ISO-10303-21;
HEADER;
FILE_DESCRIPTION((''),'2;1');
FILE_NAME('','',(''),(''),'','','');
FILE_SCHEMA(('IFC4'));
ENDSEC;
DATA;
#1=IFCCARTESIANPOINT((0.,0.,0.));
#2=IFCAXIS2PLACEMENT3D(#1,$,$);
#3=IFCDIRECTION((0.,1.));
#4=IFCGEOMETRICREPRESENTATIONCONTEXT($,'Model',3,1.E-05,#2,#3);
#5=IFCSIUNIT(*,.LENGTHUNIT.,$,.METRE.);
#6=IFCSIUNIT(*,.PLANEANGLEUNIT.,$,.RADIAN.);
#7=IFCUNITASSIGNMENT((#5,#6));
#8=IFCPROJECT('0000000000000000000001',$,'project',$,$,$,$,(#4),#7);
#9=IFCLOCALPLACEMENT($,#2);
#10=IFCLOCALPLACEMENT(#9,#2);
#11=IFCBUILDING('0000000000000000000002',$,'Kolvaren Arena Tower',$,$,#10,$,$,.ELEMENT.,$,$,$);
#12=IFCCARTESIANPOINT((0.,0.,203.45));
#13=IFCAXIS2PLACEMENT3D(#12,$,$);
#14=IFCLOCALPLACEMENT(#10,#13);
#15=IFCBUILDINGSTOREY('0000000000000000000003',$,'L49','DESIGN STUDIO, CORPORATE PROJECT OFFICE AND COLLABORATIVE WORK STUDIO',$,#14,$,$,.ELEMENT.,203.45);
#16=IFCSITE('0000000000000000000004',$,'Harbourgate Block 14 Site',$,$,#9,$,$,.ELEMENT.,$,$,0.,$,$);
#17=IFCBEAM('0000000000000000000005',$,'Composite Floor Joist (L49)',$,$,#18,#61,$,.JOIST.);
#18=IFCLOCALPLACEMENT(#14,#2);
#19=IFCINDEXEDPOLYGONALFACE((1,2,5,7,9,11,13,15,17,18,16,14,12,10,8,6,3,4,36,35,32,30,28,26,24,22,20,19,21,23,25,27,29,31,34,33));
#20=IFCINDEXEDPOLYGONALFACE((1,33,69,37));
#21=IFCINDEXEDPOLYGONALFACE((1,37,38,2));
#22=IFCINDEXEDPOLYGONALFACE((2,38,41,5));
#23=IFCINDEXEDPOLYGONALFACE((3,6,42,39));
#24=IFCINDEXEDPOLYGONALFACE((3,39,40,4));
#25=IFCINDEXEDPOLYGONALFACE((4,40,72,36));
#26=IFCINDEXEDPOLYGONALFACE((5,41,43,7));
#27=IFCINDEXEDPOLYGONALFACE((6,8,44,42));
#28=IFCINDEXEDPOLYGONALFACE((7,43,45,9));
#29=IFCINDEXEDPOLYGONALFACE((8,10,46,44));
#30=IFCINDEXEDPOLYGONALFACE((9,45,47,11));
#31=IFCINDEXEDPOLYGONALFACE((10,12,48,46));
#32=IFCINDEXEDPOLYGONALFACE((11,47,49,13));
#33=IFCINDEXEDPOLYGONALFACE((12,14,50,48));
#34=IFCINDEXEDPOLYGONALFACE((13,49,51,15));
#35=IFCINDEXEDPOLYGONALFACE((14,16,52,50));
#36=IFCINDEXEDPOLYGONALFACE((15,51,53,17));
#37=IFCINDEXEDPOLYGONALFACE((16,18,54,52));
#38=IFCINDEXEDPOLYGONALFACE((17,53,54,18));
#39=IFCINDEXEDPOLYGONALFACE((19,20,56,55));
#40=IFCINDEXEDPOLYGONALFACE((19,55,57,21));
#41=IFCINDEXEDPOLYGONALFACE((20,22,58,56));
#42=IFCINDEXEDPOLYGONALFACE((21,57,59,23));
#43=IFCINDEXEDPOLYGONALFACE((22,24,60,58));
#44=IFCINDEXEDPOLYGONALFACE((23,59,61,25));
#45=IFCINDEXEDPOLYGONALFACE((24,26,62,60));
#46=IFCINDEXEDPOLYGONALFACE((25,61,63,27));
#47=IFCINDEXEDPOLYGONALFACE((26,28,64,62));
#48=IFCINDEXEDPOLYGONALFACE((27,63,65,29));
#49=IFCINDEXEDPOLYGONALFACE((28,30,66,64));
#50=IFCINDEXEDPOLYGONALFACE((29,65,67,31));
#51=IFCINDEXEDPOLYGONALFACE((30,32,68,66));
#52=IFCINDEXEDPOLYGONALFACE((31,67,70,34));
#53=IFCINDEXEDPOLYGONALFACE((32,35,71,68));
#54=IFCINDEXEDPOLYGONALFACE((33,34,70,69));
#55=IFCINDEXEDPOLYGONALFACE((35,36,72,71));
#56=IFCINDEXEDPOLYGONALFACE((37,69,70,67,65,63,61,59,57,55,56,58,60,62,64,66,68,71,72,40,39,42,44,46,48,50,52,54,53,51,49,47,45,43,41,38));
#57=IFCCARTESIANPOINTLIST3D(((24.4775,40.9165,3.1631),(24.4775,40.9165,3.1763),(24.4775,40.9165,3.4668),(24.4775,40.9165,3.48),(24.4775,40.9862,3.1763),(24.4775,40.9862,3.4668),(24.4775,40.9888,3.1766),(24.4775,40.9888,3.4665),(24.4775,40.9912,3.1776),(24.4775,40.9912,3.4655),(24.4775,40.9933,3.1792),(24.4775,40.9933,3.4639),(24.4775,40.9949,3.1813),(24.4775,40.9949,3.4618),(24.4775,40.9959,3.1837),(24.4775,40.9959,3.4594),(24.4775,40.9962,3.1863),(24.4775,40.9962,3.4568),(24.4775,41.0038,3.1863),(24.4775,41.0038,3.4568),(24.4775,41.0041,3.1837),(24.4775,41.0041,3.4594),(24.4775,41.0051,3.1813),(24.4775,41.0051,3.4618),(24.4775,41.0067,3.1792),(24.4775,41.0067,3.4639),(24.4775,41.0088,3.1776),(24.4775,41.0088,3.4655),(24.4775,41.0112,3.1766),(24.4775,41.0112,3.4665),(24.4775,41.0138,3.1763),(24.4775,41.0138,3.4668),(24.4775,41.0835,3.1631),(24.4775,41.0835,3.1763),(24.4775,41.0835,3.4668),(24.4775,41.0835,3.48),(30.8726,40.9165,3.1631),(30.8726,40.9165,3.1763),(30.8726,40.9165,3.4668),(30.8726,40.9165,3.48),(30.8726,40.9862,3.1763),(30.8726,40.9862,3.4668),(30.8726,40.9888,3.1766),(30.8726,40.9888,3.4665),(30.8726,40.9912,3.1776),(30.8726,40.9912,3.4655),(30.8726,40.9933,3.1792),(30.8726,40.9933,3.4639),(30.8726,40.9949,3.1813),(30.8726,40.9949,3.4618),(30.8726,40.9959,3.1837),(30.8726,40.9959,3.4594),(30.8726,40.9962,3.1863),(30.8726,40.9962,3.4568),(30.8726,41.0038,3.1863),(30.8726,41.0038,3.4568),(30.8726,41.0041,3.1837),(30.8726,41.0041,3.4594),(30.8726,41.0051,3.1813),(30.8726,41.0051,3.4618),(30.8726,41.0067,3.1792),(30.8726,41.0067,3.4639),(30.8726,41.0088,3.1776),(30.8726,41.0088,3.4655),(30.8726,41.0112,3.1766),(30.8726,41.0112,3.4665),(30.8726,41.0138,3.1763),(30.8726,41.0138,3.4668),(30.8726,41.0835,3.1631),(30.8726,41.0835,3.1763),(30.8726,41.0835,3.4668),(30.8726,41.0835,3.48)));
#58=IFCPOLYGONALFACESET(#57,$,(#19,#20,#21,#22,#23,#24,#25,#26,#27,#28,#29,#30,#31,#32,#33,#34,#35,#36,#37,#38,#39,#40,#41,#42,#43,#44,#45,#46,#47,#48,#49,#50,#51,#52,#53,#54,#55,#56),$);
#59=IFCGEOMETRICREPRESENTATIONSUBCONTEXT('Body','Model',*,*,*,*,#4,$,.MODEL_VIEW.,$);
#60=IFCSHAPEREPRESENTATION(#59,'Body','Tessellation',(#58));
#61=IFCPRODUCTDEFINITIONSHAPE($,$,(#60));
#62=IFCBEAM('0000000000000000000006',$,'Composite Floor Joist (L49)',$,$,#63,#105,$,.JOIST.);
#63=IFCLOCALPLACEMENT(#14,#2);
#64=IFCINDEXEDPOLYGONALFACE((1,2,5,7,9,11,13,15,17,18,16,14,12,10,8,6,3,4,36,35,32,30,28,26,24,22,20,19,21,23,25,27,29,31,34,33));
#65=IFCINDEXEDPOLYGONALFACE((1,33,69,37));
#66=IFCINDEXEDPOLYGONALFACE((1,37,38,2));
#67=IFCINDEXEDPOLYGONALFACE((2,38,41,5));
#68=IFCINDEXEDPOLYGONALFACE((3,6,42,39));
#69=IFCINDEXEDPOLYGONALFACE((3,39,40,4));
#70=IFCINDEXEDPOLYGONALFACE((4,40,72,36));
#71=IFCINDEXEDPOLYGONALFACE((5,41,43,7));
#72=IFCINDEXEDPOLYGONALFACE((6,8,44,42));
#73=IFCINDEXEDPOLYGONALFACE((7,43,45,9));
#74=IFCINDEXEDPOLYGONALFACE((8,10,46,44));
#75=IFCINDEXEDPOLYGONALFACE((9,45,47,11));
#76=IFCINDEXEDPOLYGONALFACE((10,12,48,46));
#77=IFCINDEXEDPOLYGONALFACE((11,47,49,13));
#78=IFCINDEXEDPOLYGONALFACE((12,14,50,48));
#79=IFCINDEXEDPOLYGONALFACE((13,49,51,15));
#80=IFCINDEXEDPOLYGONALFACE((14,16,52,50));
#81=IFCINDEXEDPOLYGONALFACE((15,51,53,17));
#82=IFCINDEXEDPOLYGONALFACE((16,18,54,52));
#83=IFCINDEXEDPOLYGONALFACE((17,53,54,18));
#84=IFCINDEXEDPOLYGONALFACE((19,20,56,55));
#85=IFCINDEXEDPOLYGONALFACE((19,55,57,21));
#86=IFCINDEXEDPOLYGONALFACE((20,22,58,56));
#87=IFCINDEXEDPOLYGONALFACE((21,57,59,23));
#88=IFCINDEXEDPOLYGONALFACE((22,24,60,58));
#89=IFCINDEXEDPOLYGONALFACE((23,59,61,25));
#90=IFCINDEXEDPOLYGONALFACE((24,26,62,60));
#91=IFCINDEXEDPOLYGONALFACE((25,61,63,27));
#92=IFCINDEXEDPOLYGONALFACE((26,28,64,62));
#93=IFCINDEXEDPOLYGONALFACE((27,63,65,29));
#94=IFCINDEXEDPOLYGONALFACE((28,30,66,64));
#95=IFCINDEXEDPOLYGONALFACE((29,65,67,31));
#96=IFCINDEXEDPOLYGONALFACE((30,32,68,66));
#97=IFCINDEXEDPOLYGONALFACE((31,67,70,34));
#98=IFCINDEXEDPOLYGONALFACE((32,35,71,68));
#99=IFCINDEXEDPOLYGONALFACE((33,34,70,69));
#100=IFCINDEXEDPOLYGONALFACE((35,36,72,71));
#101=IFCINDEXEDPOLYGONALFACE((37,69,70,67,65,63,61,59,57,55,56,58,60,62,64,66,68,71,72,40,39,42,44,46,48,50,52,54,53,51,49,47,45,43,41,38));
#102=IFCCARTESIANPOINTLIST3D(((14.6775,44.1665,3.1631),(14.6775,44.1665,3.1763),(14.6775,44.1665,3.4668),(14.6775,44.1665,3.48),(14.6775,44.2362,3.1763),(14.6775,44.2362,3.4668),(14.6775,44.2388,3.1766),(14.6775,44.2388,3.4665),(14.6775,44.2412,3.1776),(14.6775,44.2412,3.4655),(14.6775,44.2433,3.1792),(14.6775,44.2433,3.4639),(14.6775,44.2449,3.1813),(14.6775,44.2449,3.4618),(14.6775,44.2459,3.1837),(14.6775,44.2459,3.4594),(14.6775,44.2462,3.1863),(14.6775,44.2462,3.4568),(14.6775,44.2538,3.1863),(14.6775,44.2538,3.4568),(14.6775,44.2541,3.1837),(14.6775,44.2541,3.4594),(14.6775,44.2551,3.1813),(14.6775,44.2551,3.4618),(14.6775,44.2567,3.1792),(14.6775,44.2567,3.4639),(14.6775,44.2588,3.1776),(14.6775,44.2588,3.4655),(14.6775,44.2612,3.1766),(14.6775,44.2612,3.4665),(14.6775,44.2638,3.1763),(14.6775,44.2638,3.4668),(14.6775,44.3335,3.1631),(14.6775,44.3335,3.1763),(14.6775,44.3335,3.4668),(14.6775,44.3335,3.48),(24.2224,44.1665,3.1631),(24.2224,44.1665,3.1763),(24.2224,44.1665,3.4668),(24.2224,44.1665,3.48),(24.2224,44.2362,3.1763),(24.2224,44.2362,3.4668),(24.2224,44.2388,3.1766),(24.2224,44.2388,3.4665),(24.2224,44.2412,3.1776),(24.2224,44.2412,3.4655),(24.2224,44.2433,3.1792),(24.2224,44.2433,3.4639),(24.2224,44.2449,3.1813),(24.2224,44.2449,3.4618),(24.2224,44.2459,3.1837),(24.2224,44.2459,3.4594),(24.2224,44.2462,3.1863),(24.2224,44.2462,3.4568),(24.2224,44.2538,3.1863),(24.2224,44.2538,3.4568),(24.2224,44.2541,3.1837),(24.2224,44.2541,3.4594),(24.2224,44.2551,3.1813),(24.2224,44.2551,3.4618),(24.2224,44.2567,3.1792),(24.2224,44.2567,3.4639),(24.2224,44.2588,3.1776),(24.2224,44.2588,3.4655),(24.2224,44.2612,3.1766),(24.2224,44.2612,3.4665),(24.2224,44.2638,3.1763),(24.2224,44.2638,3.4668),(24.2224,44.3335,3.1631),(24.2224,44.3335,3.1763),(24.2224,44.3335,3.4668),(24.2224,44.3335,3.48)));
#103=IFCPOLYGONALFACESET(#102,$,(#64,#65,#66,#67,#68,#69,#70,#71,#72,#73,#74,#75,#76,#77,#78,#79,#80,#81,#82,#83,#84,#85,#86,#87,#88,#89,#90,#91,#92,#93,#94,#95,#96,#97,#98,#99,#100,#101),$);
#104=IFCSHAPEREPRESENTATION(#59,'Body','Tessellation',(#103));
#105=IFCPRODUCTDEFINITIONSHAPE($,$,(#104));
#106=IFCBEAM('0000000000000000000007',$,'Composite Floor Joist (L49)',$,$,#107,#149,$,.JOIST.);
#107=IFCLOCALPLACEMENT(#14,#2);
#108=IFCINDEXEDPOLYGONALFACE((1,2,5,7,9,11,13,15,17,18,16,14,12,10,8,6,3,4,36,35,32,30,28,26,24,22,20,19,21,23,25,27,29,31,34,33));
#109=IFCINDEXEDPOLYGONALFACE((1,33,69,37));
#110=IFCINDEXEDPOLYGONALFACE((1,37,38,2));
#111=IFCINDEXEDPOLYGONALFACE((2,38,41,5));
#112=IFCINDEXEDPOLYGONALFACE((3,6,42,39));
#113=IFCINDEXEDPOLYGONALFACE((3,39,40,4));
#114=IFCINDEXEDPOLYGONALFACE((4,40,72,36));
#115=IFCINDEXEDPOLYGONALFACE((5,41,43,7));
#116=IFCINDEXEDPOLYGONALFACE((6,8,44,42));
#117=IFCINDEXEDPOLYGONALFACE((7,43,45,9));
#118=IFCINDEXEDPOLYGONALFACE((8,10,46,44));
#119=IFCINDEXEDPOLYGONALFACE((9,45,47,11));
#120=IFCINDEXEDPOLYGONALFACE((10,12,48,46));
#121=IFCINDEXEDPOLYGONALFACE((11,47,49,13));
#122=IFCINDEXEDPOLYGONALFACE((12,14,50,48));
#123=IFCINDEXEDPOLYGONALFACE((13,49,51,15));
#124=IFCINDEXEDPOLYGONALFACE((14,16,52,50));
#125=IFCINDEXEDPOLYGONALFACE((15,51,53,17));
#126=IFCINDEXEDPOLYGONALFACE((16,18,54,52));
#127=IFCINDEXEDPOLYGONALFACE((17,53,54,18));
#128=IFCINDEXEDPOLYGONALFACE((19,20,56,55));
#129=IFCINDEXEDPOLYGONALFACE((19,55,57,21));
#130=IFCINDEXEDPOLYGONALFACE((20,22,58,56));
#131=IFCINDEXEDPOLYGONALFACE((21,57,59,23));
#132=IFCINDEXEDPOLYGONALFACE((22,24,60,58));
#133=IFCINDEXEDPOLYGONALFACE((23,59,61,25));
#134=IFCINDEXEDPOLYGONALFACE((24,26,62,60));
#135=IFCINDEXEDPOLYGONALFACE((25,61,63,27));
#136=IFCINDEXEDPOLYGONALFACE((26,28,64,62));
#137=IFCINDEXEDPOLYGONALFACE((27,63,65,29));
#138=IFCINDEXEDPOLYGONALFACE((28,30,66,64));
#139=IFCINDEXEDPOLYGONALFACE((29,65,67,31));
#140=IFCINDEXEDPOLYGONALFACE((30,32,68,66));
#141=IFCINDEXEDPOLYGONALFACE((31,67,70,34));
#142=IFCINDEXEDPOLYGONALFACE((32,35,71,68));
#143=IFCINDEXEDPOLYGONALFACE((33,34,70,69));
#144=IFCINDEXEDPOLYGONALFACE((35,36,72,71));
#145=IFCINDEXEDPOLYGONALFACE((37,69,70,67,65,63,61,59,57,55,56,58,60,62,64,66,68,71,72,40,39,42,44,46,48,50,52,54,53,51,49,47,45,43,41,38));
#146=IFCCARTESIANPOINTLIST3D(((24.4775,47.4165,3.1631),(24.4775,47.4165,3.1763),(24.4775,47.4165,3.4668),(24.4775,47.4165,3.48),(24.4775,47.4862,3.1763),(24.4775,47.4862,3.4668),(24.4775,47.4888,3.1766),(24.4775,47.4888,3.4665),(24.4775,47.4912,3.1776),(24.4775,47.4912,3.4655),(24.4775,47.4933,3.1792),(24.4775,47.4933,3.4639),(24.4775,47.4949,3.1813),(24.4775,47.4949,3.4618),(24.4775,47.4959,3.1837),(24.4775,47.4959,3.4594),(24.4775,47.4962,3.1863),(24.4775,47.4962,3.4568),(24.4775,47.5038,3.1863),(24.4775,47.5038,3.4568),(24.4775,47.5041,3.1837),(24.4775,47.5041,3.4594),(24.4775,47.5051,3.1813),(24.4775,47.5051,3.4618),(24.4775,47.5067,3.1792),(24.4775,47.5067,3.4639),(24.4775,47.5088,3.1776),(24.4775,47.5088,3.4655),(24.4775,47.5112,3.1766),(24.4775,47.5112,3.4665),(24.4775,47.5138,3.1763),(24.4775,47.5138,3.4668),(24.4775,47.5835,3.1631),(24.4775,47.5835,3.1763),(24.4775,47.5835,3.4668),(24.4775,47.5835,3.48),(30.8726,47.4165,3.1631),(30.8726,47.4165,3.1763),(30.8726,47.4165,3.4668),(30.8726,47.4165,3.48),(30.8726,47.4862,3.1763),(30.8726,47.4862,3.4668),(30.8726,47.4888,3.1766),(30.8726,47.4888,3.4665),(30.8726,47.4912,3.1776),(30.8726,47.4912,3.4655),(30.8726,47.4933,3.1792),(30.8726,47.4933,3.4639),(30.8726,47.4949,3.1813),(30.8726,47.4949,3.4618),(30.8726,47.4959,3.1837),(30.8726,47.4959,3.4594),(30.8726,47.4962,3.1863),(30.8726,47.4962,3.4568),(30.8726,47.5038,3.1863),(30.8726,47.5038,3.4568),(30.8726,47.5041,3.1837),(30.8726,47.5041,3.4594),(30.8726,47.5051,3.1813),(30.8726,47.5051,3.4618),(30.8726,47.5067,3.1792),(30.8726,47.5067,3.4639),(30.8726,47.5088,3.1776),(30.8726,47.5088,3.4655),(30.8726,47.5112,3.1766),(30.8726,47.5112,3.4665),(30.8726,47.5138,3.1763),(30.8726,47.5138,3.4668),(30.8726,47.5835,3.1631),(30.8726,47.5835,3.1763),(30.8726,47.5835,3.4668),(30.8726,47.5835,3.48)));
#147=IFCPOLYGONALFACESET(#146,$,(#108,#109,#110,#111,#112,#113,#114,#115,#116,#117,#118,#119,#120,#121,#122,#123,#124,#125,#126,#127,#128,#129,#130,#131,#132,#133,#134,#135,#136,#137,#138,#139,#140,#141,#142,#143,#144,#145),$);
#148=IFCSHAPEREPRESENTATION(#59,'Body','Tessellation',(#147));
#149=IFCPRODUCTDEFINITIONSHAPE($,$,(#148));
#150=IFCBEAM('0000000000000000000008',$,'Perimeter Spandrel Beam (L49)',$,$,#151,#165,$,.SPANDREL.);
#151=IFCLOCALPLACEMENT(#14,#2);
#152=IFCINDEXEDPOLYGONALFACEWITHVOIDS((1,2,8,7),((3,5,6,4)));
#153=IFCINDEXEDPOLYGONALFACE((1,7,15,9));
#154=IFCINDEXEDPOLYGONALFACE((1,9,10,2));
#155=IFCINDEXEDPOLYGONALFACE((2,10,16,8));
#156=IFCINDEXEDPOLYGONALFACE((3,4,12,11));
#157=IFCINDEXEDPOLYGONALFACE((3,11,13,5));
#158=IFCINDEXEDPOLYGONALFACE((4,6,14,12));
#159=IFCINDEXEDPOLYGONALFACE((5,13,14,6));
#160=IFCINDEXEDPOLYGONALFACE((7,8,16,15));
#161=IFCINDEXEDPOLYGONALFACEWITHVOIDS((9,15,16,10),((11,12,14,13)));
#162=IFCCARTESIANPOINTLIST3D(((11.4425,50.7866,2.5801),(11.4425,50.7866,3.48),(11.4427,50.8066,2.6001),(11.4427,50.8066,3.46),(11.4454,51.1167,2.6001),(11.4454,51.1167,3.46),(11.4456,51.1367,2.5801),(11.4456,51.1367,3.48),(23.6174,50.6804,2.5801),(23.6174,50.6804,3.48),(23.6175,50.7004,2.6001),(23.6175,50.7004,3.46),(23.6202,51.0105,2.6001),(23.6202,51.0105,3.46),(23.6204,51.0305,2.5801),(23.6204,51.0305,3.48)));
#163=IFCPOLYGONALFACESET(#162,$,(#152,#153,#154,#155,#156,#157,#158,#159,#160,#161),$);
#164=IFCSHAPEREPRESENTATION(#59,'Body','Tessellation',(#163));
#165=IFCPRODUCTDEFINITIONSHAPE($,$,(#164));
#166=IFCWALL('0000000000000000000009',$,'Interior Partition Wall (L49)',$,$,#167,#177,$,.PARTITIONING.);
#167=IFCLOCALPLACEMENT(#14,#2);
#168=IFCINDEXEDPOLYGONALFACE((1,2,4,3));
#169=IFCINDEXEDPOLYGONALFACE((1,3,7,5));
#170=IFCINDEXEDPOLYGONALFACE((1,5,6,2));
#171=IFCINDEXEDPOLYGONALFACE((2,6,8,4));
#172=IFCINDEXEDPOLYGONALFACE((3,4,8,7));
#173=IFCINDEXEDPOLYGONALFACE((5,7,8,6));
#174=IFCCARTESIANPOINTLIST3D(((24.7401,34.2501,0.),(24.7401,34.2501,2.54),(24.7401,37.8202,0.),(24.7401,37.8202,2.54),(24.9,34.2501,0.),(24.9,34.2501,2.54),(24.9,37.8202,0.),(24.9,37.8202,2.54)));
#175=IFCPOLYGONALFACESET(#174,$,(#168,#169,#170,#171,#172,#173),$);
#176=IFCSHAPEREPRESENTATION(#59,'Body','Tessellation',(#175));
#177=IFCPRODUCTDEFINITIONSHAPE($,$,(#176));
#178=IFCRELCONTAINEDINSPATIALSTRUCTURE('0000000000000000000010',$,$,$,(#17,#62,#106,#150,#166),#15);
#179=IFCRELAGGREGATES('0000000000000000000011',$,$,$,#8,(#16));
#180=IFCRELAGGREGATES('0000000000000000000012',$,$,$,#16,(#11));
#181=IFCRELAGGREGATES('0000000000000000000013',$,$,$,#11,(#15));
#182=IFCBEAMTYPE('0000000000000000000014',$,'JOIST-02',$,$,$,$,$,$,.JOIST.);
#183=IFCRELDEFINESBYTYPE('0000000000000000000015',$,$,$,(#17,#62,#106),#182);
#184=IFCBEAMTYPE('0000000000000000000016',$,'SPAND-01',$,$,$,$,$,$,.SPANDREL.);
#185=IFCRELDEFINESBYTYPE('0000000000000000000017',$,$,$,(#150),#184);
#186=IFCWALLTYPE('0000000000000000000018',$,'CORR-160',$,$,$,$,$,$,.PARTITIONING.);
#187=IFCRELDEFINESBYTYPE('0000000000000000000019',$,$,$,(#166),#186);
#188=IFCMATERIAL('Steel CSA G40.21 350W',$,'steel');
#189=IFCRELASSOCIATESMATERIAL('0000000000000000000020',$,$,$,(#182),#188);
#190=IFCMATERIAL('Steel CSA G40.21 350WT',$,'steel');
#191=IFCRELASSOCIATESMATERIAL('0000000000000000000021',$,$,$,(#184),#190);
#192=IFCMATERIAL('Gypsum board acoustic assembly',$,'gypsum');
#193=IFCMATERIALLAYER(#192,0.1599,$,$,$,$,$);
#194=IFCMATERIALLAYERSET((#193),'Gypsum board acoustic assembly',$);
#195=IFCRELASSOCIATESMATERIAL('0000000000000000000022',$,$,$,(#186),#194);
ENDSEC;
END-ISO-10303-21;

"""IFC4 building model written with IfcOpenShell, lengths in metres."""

from ifc_helpers import new_model, si_unit, direction, frame, frame_2d, origin, origin_2d, place, context, subcontext, project, spatial, rectangle, hollow_rectangle, i_section, extrude, material, layer, layer_set, material_profile, profile_set, type_object, element, save


model = new_model("IFC4")

# Units and contexts
model_context = context("Model", 3, precision=1e-05, world=origin(), true_north=direction((0.0, 1.0)))
body_context = subcontext(model_context, "Body", "Model", "MODEL_VIEW")
ifc_project = project(units=[si_unit("LENGTHUNIT", "METRE"), si_unit("PLANEANGLEUNIT", "RADIAN")], contexts=[model_context])

# Site, building, storey
site_placement = place(None, origin())
site = spatial("IfcSite", under=ifc_project, at=site_placement, Name="Harbourgate Block 14 Site", CompositionType="ELEMENT", RefElevation=0.0)
building_placement = place(site_placement, origin())
building = spatial("IfcBuilding", under=site, at=building_placement, Name="Kolvaren Arena Tower", CompositionType="ELEMENT")
storey_placement = place(building_placement, frame((0.0, 0.0, 203.45)))
storey = spatial("IfcBuildingStorey", under=building, at=storey_placement, Name="L49", Description="DESIGN STUDIO, CORPORATE PROJECT OFFICE AND COLLABORATIVE WORK STUDIO", CompositionType="ELEMENT", Elevation=203.45)

# Beams
ifc_material_1 = material(Name="Steel CSA G40.21 350W", Category="steel")
ifc_material_profile_1 = material_profile(ifc_material_1, i_section(OverallWidth=0.167, OverallDepth=0.3169, WebThickness=0.0076, FlangeThickness=0.0132, FilletRadius=0.01, at=origin_2d()), Name="W310x52")
ifc_profile_set_1 = profile_set([ifc_material_profile_1], Name="Steel CSA G40.21 350W")
beam_type_1 = type_object("IfcBeamType", Name="JOIST-02", PredefinedType="JOIST", material=ifc_profile_set_1)
beam_1_placement = place(storey_placement, frame((24.4775, 41.0, 3.3215), z_axis=(1.0, 0.0, 0.0), x_axis=(0.0, 1.0, 0.0)))
element("IfcBeam", 1, at=beam_1_placement, inside=storey, type_object=beam_type_1, Name="Composite Floor Joist (L49)", PredefinedType="JOIST", context=body_context, shape_type="SweptSolid", body=[
    extrude(i_section(OverallWidth=0.167, OverallDepth=0.3169, WebThickness=0.0076, FlangeThickness=0.0132, FilletRadius=0.01, at=origin_2d()), origin(), (0.0, 0.0, 1.0), 6.395),
])
beam_2_placement = place(storey_placement, frame((14.6775, 44.25, 3.3215), z_axis=(1.0, 0.0, 0.0), x_axis=(0.0, 1.0, 0.0)))
element("IfcBeam", 2, at=beam_2_placement, inside=storey, type_object=beam_type_1, Name="Composite Floor Joist (L49)", PredefinedType="JOIST", context=body_context, shape_type="SweptSolid", body=[
    extrude(i_section(OverallWidth=0.167, OverallDepth=0.3169, WebThickness=0.0076, FlangeThickness=0.0132, FilletRadius=0.01, at=origin_2d()), origin(), (0.0, 0.0, 1.0), 9.5449),
])
beam_3_placement = place(storey_placement, frame((24.4775, 47.5, 3.3215), z_axis=(1.0, 0.0, 0.0), x_axis=(0.0, 1.0, 0.0)))
element("IfcBeam", 3, at=beam_3_placement, inside=storey, type_object=beam_type_1, Name="Composite Floor Joist (L49)", PredefinedType="JOIST", context=body_context, shape_type="SweptSolid", body=[
    extrude(i_section(OverallWidth=0.167, OverallDepth=0.3169, WebThickness=0.0076, FlangeThickness=0.0132, FilletRadius=0.01, at=origin_2d()), origin(), (0.0, 0.0, 1.0), 6.395),
])
ifc_material_2 = material(Name="Steel CSA G40.21 350WT", Category="steel")
ifc_material_profile_2 = material_profile(ifc_material_2, hollow_rectangle(XDim=0.3501, YDim=0.8999, WallThickness=0.02, at=origin_2d()), Name="HSS 900x350x20")
ifc_profile_set_2 = profile_set([ifc_material_profile_2], Name="Steel CSA G40.21 350WT")
beam_type_2 = type_object("IfcBeamType", Name="SPAND-01", PredefinedType="SPANDREL", material=ifc_profile_set_2)
beam_4_placement = place(storey_placement, frame((23.6189, 50.8555, 3.03), z_axis=(-0.999962, 0.008723, 0.0), x_axis=(-0.008723, -0.999962, 0.0)))
element("IfcBeam", 4, at=beam_4_placement, inside=storey, type_object=beam_type_2, Name="Perimeter Spandrel Beam (L49)", PredefinedType="SPANDREL", context=body_context, shape_type="SweptSolid", body=[
    extrude(hollow_rectangle(XDim=0.3501, YDim=0.8999, WallThickness=0.02, at=origin_2d()), origin(), (0.0, 0.0, 1.0), 12.1753),
])

# Wall
ifc_material_3 = material(Name="Gypsum board acoustic assembly", Category="gypsum")
ifc_layer_1 = layer(ifc_material_3, 0.1599)
ifc_layer_set_1 = layer_set([ifc_layer_1], Name="Gypsum board acoustic assembly")
wall_type_1 = type_object("IfcWallType", Name="CORR-160", PredefinedType="PARTITIONING", material=ifc_layer_set_1)
wall_1_placement = place(storey_placement, frame((24.8201, 34.25, 0.0), z_axis=(0.0, 0.0, 1.0), x_axis=(0.0, 1.0, 0.0)))
element("IfcWall", 5, at=wall_1_placement, inside=storey, type_object=wall_type_1, Name="Interior Partition Wall (L49)", PredefinedType="PARTITIONING", context=body_context, shape_type="SweptSolid", body=[
    extrude(rectangle(XDim=3.5701, YDim=0.1599, at=frame_2d((1.7852, 0.0))), origin(), (0.0, 0.0, 1.0), 2.54),
])

save(model, "model.ifc")
